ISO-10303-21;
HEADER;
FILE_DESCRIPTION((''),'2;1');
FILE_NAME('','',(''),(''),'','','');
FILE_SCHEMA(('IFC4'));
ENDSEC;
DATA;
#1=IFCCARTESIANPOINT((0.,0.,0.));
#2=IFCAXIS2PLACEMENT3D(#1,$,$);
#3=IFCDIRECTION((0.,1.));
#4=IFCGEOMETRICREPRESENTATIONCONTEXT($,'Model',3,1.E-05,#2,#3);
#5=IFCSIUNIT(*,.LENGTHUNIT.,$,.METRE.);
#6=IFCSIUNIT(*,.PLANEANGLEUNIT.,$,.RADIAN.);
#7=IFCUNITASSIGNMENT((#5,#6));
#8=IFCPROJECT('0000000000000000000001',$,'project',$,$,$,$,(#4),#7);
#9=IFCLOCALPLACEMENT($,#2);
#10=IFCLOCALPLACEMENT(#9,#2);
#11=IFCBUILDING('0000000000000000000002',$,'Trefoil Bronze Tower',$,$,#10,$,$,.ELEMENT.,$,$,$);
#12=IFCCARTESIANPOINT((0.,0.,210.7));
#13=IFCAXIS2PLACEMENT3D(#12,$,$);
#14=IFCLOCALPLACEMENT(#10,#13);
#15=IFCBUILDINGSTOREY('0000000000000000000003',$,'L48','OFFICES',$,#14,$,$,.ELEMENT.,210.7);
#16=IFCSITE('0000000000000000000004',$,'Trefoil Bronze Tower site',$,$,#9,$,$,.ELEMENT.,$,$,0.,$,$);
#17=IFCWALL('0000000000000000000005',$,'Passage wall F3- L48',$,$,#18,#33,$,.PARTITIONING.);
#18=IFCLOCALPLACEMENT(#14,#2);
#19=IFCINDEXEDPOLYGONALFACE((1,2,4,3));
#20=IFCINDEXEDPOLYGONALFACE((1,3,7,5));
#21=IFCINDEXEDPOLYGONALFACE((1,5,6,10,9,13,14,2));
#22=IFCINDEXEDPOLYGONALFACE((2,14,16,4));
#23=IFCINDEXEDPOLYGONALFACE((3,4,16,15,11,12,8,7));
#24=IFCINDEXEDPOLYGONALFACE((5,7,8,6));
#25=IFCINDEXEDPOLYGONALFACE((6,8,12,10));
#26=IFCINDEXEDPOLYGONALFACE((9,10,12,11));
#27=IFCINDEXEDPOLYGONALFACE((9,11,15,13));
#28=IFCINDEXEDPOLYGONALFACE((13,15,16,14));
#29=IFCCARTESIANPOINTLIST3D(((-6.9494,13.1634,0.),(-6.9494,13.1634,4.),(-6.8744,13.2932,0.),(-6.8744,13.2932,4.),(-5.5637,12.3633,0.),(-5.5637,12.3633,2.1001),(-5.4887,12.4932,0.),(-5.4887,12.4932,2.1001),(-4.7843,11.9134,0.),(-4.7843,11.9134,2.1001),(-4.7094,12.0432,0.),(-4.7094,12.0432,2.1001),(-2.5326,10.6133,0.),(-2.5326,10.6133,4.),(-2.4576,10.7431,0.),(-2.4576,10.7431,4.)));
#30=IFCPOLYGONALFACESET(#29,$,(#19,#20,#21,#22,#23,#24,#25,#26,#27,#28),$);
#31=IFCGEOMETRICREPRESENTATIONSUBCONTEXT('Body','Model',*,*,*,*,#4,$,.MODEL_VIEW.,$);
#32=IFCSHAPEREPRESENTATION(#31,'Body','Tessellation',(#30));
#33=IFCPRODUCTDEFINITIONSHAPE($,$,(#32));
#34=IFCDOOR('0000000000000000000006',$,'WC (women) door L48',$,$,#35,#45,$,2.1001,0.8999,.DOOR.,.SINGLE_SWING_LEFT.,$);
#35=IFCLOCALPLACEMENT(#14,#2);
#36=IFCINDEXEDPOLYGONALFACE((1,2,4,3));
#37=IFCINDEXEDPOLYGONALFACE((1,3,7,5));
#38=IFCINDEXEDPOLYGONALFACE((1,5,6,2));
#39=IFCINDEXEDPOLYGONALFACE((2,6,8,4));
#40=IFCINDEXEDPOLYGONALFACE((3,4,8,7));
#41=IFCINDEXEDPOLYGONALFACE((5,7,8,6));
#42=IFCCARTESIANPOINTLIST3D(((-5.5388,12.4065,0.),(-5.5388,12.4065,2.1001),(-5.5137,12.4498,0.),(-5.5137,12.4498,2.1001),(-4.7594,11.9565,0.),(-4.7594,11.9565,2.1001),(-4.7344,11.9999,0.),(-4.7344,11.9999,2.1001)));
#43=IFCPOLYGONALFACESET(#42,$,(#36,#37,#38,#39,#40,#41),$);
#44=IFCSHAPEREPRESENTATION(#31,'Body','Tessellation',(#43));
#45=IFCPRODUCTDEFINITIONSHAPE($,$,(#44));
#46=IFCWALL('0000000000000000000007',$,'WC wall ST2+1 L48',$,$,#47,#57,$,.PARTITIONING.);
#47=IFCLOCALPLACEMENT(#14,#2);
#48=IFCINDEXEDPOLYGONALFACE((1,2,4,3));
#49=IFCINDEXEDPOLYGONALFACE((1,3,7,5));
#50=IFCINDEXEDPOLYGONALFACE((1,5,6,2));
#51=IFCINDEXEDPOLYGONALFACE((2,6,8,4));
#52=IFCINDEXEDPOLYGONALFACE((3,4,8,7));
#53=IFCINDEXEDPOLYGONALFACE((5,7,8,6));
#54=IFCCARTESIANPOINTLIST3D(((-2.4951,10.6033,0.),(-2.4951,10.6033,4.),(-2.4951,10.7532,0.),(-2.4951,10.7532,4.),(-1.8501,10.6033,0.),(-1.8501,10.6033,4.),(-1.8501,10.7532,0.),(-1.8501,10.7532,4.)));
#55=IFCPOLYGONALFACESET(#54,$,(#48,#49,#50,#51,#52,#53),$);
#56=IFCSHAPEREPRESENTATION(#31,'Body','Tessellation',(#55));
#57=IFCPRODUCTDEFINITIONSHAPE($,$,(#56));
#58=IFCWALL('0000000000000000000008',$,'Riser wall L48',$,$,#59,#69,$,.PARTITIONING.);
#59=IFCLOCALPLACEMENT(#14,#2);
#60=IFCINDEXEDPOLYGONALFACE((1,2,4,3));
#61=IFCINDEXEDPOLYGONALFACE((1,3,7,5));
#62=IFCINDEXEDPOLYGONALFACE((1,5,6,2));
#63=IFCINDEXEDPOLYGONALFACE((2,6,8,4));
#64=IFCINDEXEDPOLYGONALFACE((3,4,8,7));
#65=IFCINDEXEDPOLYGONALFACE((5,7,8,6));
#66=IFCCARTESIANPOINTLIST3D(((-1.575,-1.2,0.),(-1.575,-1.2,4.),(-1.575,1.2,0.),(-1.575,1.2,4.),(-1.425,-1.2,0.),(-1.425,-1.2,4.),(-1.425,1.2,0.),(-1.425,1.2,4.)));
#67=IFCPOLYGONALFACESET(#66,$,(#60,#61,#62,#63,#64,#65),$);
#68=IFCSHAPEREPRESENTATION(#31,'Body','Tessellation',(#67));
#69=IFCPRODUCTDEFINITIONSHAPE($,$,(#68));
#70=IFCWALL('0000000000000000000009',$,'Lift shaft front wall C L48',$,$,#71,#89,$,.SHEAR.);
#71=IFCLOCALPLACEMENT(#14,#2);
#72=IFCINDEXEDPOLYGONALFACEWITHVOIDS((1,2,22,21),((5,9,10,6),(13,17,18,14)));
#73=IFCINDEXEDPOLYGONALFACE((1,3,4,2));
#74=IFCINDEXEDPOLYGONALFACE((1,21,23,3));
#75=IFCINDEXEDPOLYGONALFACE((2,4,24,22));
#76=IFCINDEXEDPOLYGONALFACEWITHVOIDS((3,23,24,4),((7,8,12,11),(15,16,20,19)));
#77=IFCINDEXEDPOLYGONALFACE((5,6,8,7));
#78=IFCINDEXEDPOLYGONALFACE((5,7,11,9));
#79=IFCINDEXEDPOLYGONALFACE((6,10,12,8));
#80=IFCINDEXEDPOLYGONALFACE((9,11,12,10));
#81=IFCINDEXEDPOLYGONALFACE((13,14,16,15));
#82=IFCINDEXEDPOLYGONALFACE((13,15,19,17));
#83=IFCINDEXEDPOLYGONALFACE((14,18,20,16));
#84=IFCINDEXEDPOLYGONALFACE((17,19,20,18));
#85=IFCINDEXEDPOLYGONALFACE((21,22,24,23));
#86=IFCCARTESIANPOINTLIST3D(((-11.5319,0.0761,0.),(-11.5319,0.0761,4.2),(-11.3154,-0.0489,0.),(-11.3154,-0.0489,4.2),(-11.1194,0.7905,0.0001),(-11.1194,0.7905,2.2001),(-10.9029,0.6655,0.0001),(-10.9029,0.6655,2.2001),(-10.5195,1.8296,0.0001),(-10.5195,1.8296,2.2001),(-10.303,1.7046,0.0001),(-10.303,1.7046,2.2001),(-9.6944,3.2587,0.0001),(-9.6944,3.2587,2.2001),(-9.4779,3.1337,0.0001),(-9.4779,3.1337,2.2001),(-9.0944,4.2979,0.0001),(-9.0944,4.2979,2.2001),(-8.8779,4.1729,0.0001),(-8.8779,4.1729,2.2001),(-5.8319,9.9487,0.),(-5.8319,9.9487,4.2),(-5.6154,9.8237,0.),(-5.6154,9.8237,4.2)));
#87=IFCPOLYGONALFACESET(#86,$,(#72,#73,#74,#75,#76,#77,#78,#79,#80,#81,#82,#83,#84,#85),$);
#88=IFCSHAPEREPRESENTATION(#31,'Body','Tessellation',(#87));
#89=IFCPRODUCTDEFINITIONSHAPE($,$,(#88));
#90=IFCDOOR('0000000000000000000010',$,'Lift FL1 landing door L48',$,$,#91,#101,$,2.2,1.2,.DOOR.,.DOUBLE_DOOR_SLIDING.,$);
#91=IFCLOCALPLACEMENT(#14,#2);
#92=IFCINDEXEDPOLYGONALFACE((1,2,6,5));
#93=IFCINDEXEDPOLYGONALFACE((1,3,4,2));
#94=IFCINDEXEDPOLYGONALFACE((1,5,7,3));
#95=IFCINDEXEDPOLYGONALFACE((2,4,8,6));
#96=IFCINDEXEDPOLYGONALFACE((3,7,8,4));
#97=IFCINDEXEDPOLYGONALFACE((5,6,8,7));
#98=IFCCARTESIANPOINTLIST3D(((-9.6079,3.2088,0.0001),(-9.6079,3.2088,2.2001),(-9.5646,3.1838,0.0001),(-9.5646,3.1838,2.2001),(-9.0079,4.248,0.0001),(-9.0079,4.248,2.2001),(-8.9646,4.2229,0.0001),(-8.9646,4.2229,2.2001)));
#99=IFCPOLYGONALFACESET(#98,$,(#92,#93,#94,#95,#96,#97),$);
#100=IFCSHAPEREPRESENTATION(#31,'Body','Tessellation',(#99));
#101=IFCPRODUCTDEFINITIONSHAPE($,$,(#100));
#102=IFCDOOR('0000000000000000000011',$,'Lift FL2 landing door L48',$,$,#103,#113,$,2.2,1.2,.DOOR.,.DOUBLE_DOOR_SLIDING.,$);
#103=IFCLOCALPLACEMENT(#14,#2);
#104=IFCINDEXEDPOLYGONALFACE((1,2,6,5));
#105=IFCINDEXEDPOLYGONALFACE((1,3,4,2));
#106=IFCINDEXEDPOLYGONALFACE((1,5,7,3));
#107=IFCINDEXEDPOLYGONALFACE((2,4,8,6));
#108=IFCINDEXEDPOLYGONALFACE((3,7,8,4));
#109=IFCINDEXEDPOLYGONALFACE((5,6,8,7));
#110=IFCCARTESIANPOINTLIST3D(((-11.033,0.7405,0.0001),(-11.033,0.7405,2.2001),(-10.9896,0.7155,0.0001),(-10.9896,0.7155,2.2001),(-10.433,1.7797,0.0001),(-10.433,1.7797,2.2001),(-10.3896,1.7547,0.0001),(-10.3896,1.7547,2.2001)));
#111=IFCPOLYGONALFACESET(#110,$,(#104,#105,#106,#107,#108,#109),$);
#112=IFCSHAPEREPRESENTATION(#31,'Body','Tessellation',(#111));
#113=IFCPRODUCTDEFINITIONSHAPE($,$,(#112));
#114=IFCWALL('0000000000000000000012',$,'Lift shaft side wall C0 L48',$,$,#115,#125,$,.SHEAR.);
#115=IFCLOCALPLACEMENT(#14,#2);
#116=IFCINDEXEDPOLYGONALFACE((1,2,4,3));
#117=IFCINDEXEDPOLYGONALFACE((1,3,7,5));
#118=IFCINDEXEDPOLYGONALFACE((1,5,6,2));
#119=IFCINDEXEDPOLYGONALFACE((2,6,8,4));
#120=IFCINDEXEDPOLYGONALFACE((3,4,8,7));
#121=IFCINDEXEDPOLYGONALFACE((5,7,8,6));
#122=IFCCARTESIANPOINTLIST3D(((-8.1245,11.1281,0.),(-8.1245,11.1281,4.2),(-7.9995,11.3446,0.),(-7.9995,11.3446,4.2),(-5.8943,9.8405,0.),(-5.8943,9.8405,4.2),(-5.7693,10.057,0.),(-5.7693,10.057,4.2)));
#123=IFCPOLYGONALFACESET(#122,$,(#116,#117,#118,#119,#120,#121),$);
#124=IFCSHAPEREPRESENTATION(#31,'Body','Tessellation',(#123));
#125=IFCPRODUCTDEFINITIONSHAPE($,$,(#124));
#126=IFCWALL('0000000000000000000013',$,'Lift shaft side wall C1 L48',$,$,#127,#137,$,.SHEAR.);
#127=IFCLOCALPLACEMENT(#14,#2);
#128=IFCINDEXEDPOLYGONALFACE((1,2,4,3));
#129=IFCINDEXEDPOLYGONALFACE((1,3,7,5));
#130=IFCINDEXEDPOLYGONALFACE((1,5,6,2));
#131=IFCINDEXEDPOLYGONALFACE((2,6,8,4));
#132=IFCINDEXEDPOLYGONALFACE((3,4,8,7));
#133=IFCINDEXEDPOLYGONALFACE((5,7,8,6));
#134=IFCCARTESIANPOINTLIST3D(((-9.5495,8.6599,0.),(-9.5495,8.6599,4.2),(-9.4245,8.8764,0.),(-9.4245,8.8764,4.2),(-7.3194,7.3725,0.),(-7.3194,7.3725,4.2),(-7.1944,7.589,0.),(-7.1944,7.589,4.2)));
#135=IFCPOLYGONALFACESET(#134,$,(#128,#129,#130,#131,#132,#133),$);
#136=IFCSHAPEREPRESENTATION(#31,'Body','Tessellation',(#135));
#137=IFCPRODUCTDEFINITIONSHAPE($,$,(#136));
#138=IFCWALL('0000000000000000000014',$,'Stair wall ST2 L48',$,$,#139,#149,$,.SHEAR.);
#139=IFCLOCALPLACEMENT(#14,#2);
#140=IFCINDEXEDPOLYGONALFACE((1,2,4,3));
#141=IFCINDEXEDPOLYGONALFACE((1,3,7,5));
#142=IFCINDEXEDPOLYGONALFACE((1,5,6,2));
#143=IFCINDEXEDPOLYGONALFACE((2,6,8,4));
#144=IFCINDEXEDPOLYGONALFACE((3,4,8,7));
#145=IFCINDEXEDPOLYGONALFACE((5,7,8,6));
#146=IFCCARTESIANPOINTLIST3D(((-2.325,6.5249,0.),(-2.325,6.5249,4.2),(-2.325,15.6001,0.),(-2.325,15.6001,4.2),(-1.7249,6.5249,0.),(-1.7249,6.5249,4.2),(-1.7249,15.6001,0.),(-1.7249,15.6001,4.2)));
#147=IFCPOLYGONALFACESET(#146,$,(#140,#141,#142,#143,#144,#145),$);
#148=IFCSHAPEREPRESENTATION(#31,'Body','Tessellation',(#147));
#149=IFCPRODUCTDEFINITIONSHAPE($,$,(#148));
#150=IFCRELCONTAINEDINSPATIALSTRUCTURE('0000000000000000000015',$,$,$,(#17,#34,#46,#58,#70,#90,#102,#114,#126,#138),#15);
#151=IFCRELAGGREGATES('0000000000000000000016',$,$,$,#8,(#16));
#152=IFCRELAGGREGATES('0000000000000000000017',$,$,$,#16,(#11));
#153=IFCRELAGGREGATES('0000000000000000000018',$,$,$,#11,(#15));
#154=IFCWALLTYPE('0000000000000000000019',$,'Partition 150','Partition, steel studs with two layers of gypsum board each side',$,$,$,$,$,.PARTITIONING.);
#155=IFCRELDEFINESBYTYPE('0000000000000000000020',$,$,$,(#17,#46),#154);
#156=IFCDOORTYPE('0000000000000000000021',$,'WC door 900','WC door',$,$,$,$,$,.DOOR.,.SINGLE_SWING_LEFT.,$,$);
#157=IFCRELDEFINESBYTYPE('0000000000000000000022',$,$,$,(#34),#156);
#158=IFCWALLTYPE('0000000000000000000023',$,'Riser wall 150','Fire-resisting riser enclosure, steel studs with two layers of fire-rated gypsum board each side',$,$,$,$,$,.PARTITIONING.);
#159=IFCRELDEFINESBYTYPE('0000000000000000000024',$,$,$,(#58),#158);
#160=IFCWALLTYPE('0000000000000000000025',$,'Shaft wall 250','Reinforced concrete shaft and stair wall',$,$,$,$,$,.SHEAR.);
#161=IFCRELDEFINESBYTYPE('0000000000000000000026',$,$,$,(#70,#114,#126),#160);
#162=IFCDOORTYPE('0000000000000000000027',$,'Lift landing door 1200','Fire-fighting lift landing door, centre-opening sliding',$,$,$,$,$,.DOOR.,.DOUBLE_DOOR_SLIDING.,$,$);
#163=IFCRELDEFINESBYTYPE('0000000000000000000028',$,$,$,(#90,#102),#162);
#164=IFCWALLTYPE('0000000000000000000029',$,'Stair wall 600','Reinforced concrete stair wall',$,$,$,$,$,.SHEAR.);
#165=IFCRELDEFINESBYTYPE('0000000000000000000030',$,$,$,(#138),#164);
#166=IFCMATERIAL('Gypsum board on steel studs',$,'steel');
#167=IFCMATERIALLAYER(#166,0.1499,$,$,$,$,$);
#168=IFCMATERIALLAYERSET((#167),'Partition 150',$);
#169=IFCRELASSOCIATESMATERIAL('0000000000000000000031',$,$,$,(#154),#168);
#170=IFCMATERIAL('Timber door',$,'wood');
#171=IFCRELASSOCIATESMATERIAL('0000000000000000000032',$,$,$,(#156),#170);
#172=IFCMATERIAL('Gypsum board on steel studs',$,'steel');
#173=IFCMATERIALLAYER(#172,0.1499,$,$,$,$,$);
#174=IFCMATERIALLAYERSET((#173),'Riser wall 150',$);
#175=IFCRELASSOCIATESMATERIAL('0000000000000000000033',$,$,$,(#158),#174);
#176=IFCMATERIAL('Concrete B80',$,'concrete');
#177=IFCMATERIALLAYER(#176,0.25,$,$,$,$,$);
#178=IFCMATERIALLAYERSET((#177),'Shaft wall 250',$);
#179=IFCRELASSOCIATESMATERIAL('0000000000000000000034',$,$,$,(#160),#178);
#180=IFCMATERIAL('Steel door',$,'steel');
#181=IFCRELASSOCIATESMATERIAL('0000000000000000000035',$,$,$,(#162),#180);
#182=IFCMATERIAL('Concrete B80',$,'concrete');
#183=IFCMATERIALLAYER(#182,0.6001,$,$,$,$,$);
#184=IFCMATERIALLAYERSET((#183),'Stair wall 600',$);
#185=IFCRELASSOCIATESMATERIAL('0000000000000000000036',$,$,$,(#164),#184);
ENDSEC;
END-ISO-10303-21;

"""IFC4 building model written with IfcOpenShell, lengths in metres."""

from ifc_helpers import new_model, si_unit, direction, frame, frame_2d, origin, place, context, subcontext, project, spatial, rectangle, extrude, material, layer, layer_set, type_object, element, fill, save


model = new_model("IFC4")

# Units and contexts
model_context = context("Model", 3, precision=1e-05, world=origin(), true_north=direction((0.0, 1.0)))
body_context = subcontext(model_context, "Body", "Model", "MODEL_VIEW")
ifc_project = project(units=[si_unit("LENGTHUNIT", "METRE"), si_unit("PLANEANGLEUNIT", "RADIAN")], contexts=[model_context])

# Site, building, storey
site_placement = place(None, origin())
site = spatial("IfcSite", under=ifc_project, at=site_placement, Name="Trefoil Bronze Tower site", CompositionType="ELEMENT", RefElevation=0.0)
building_placement = place(site_placement, origin())
building = spatial("IfcBuilding", under=site, at=building_placement, Name="Trefoil Bronze Tower", CompositionType="ELEMENT")
storey_placement = place(building_placement, frame((0.0, 0.0, 210.7)))
storey = spatial("IfcBuildingStorey", under=building, at=storey_placement, Name="L48", Description="OFFICES", CompositionType="ELEMENT", Elevation=210.7)

# Wall, opening, door
ifc_material_1 = material(Name="Gypsum board on steel studs", Category="steel")
ifc_layer_1 = layer(ifc_material_1, 0.1499)
ifc_layer_set_1 = layer_set([ifc_layer_1], Name="Partition 150")
wall_type_1 = type_object("IfcWallType", Name="Partition 150", Description="Partition, steel studs with two layers of gypsum board each side", PredefinedType="PARTITIONING", material=ifc_layer_set_1)
wall_1_placement = place(storey_placement, frame((-2.4951, 10.6782, 0.0), z_axis=(0.0, 0.0, 1.0), x_axis=(-0.866022, 0.500006, 0.0)))
wall_1 = element("IfcWall", 1, at=wall_1_placement, inside=storey, type_object=wall_type_1, Name="Passage wall F3- L48", PredefinedType="PARTITIONING", context=body_context, shape_type="SweptSolid", body=[
    extrude(rectangle(XDim=5.1001, YDim=0.1499, at=frame_2d((2.55, 0.0))), origin(), (0.0, 0.0, 1.0), 4.0),
])
opening_1_placement = place(wall_1_placement, frame((2.6001, 0.0, 0.0)))
opening_1 = element("IfcOpeningElement", 2, at=opening_1_placement, cuts=wall_1, PredefinedType="OPENING", context=body_context, shape_type="SweptSolid", body=[
    extrude(rectangle(XDim=0.8999, YDim=2.1001, at=frame_2d((0.45, 1.05))), frame((0.0, 0.085, 0.0), z_axis=(0.0, -1.0, 0.0), x_axis=(1.0, 0.0, 0.0)), (0.0, 0.0, 1.0), 0.1699),
])
ifc_material_2 = material(Name="Timber door", Category="wood")
door_type_1 = type_object("IfcDoorType", Name="WC door 900", Description="WC door", OperationType="SINGLE_SWING_LEFT", PredefinedType="DOOR", material=ifc_material_2)
door_1_placement = place(opening_1_placement, frame((0.8999, 0.0, 0.0), z_axis=(0.0, 0.0, 1.0), x_axis=(-1.0, 0.0, 0.0)))
door_1 = element("IfcDoor", 3, at=door_1_placement, inside=storey, type_object=door_type_1, Name="WC (women) door L48", OperationType="SINGLE_SWING_LEFT", OverallHeight=2.1001, OverallWidth=0.8999, PredefinedType="DOOR", context=body_context, shape_type="SweptSolid", body=[
    extrude(rectangle(XDim=0.8999, YDim=2.1001, at=frame_2d((0.45, 1.05))), frame((0.0, 0.0249, 0.0), z_axis=(0.0, -1.0, 0.0), x_axis=(1.0, 0.0, 0.0)), (0.0, 0.0, 1.0), 0.05),
])
fill(opening_1, door_1)

# Walls
wall_2_placement = place(storey_placement, frame((-2.4951, 10.6782, 0.0), z_axis=(0.0, 0.0, 1.0), x_axis=(1.0, 0.0, 0.0)))
element("IfcWall", 4, at=wall_2_placement, inside=storey, type_object=wall_type_1, Name="WC wall ST2+1 L48", PredefinedType="PARTITIONING", context=body_context, shape_type="SweptSolid", body=[
    extrude(rectangle(XDim=0.645, YDim=0.1499, at=frame_2d((0.3225, 0.0))), origin(), (0.0, 0.0, 1.0), 4.0),
])
ifc_material_3 = material(Name="Gypsum board on steel studs", Category="steel")
ifc_layer_2 = layer(ifc_material_3, 0.1499)
ifc_layer_set_2 = layer_set([ifc_layer_2], Name="Riser wall 150")
wall_type_2 = type_object("IfcWallType", Name="Riser wall 150", Description="Fire-resisting riser enclosure, steel studs with two layers of fire-rated gypsum board each side", PredefinedType="PARTITIONING", material=ifc_layer_set_2)
wall_3_placement = place(storey_placement, frame((-1.5, 1.2, 0.0), z_axis=(0.0, 0.0, 1.0), x_axis=(0.0, -1.0, 0.0)))
element("IfcWall", 5, at=wall_3_placement, inside=storey, type_object=wall_type_2, Name="Riser wall L48", PredefinedType="PARTITIONING", context=body_context, shape_type="SweptSolid", body=[
    extrude(rectangle(XDim=2.3999, YDim=0.1499, at=frame_2d((1.2, 0.0))), origin(), (0.0, 0.0, 1.0), 4.0),
])

# Wall, openings, doors
ifc_material_4 = material(Name="Concrete B80", Category="concrete")
ifc_layer_3 = layer(ifc_material_4, 0.25)
ifc_layer_set_3 = layer_set([ifc_layer_3], Name="Shaft wall 250")
wall_type_3 = type_object("IfcWallType", Name="Shaft wall 250", Description="Reinforced concrete shaft and stair wall", PredefinedType="SHEAR", material=ifc_layer_set_3)
wall_4_placement = place(storey_placement, frame((-5.7236, 9.8862, 0.0), z_axis=(0.0, 0.0, 1.0), x_axis=(-0.500002, -0.866024, 0.0)))
wall_4 = element("IfcWall", 6, at=wall_4_placement, inside=storey, type_object=wall_type_3, Name="Lift shaft front wall C L48", PredefinedType="SHEAR", context=body_context, shape_type="SweptSolid", body=[
    extrude(rectangle(XDim=11.3999, YDim=0.25, at=frame_2d((5.7, 0.0))), origin(), (0.0, 0.0, 1.0), 4.2),
])
opening_2_placement = place(wall_4_placement, frame((6.5249, 0.0, 0.0)))
opening_2 = element("IfcOpeningElement", 7, at=opening_2_placement, cuts=wall_4, PredefinedType="OPENING", context=body_context, shape_type="SweptSolid", body=[
    extrude(rectangle(XDim=1.2, YDim=2.2, at=frame_2d((0.6001, 1.1001))), frame((0.0, 0.135, 0.0), z_axis=(0.0, -1.0, 0.0), x_axis=(1.0, 0.0, 0.0)), (0.0, 0.0, 1.0), 0.27),
])
opening_3_placement = place(wall_4_placement, frame((9.375, 0.0, 0.0)))
opening_3 = element("IfcOpeningElement", 8, at=opening_3_placement, cuts=wall_4, PredefinedType="OPENING", context=body_context, shape_type="SweptSolid", body=[
    extrude(rectangle(XDim=1.2, YDim=2.2, at=frame_2d((0.6001, 1.1001))), frame((0.0, 0.135, 0.0), z_axis=(0.0, -1.0, 0.0), x_axis=(1.0, 0.0, 0.0)), (0.0, 0.0, 1.0), 0.27),
])
ifc_material_5 = material(Name="Steel door", Category="steel")
door_type_2 = type_object("IfcDoorType", Name="Lift landing door 1200", Description="Fire-fighting lift landing door, centre-opening sliding", OperationType="DOUBLE_DOOR_SLIDING", PredefinedType="DOOR", material=ifc_material_5)
door_2_placement = place(opening_2_placement, origin())
door_2 = element("IfcDoor", 9, at=door_2_placement, inside=storey, type_object=door_type_2, Name="Lift FL1 landing door L48", OperationType="DOUBLE_DOOR_SLIDING", OverallHeight=2.2, OverallWidth=1.2, PredefinedType="DOOR", context=body_context, shape_type="SweptSolid", body=[
    extrude(rectangle(XDim=1.2, YDim=2.2, at=frame_2d((0.6001, 1.1001))), frame((0.0, 0.0249, 0.0), z_axis=(0.0, -1.0, 0.0), x_axis=(1.0, 0.0, 0.0)), (0.0, 0.0, 1.0), 0.05),
])
fill(opening_2, door_2)
door_3_placement = place(opening_3_placement, origin())
door_3 = element("IfcDoor", 10, at=door_3_placement, inside=storey, type_object=door_type_2, Name="Lift FL2 landing door L48", OperationType="DOUBLE_DOOR_SLIDING", OverallHeight=2.2, OverallWidth=1.2, PredefinedType="DOOR", context=body_context, shape_type="SweptSolid", body=[
    extrude(rectangle(XDim=1.2, YDim=2.2, at=frame_2d((0.6001, 1.1001))), frame((0.0, 0.0249, 0.0), z_axis=(0.0, -1.0, 0.0), x_axis=(1.0, 0.0, 0.0)), (0.0, 0.0, 1.0), 0.05),
])
fill(opening_3, door_3)

# Walls
wall_5_placement = place(storey_placement, frame((-5.8318, 9.9487, 0.0), z_axis=(0.0, 0.0, 1.0), x_axis=(-0.866029, 0.499993, 0.0)))
element("IfcWall", 11, at=wall_5_placement, inside=storey, type_object=wall_type_3, Name="Lift shaft side wall C0 L48", PredefinedType="SHEAR", context=body_context, shape_type="SweptSolid", body=[
    extrude(rectangle(XDim=2.5752, YDim=0.25, at=frame_2d((1.2876, 0.0))), origin(), (0.0, 0.0, 1.0), 4.2),
])
wall_6_placement = place(storey_placement, frame((-7.2568, 7.4807, 0.0), z_axis=(0.0, 0.0, 1.0), x_axis=(-0.866047, 0.499963, 0.0)))
element("IfcWall", 12, at=wall_6_placement, inside=storey, type_object=wall_type_3, Name="Lift shaft side wall C1 L48", PredefinedType="SHEAR", context=body_context, shape_type="SweptSolid", body=[
    extrude(rectangle(XDim=2.575, YDim=0.25, at=frame_2d((1.2876, 0.0))), origin(), (0.0, 0.0, 1.0), 4.2),
])
ifc_material_6 = material(Name="Concrete B80", Category="concrete")
ifc_layer_4 = layer(ifc_material_6, 0.6001)
ifc_layer_set_4 = layer_set([ifc_layer_4], Name="Stair wall 600")
wall_type_4 = type_object("IfcWallType", Name="Stair wall 600", Description="Reinforced concrete stair wall", PredefinedType="SHEAR", material=ifc_layer_set_4)
wall_7_placement = place(storey_placement, frame((-2.0249, 6.5249, 0.0), z_axis=(0.0, 0.0, 1.0), x_axis=(0.0, 1.0, 0.0)))
element("IfcWall", 13, at=wall_7_placement, inside=storey, type_object=wall_type_4, Name="Stair wall ST2 L48", PredefinedType="SHEAR", context=body_context, shape_type="SweptSolid", body=[
    extrude(rectangle(XDim=9.0752, YDim=0.6001, at=frame_2d((4.5376, 0.0))), origin(), (0.0, 0.0, 1.0), 4.2),
])

save(model, "model.ifc")
